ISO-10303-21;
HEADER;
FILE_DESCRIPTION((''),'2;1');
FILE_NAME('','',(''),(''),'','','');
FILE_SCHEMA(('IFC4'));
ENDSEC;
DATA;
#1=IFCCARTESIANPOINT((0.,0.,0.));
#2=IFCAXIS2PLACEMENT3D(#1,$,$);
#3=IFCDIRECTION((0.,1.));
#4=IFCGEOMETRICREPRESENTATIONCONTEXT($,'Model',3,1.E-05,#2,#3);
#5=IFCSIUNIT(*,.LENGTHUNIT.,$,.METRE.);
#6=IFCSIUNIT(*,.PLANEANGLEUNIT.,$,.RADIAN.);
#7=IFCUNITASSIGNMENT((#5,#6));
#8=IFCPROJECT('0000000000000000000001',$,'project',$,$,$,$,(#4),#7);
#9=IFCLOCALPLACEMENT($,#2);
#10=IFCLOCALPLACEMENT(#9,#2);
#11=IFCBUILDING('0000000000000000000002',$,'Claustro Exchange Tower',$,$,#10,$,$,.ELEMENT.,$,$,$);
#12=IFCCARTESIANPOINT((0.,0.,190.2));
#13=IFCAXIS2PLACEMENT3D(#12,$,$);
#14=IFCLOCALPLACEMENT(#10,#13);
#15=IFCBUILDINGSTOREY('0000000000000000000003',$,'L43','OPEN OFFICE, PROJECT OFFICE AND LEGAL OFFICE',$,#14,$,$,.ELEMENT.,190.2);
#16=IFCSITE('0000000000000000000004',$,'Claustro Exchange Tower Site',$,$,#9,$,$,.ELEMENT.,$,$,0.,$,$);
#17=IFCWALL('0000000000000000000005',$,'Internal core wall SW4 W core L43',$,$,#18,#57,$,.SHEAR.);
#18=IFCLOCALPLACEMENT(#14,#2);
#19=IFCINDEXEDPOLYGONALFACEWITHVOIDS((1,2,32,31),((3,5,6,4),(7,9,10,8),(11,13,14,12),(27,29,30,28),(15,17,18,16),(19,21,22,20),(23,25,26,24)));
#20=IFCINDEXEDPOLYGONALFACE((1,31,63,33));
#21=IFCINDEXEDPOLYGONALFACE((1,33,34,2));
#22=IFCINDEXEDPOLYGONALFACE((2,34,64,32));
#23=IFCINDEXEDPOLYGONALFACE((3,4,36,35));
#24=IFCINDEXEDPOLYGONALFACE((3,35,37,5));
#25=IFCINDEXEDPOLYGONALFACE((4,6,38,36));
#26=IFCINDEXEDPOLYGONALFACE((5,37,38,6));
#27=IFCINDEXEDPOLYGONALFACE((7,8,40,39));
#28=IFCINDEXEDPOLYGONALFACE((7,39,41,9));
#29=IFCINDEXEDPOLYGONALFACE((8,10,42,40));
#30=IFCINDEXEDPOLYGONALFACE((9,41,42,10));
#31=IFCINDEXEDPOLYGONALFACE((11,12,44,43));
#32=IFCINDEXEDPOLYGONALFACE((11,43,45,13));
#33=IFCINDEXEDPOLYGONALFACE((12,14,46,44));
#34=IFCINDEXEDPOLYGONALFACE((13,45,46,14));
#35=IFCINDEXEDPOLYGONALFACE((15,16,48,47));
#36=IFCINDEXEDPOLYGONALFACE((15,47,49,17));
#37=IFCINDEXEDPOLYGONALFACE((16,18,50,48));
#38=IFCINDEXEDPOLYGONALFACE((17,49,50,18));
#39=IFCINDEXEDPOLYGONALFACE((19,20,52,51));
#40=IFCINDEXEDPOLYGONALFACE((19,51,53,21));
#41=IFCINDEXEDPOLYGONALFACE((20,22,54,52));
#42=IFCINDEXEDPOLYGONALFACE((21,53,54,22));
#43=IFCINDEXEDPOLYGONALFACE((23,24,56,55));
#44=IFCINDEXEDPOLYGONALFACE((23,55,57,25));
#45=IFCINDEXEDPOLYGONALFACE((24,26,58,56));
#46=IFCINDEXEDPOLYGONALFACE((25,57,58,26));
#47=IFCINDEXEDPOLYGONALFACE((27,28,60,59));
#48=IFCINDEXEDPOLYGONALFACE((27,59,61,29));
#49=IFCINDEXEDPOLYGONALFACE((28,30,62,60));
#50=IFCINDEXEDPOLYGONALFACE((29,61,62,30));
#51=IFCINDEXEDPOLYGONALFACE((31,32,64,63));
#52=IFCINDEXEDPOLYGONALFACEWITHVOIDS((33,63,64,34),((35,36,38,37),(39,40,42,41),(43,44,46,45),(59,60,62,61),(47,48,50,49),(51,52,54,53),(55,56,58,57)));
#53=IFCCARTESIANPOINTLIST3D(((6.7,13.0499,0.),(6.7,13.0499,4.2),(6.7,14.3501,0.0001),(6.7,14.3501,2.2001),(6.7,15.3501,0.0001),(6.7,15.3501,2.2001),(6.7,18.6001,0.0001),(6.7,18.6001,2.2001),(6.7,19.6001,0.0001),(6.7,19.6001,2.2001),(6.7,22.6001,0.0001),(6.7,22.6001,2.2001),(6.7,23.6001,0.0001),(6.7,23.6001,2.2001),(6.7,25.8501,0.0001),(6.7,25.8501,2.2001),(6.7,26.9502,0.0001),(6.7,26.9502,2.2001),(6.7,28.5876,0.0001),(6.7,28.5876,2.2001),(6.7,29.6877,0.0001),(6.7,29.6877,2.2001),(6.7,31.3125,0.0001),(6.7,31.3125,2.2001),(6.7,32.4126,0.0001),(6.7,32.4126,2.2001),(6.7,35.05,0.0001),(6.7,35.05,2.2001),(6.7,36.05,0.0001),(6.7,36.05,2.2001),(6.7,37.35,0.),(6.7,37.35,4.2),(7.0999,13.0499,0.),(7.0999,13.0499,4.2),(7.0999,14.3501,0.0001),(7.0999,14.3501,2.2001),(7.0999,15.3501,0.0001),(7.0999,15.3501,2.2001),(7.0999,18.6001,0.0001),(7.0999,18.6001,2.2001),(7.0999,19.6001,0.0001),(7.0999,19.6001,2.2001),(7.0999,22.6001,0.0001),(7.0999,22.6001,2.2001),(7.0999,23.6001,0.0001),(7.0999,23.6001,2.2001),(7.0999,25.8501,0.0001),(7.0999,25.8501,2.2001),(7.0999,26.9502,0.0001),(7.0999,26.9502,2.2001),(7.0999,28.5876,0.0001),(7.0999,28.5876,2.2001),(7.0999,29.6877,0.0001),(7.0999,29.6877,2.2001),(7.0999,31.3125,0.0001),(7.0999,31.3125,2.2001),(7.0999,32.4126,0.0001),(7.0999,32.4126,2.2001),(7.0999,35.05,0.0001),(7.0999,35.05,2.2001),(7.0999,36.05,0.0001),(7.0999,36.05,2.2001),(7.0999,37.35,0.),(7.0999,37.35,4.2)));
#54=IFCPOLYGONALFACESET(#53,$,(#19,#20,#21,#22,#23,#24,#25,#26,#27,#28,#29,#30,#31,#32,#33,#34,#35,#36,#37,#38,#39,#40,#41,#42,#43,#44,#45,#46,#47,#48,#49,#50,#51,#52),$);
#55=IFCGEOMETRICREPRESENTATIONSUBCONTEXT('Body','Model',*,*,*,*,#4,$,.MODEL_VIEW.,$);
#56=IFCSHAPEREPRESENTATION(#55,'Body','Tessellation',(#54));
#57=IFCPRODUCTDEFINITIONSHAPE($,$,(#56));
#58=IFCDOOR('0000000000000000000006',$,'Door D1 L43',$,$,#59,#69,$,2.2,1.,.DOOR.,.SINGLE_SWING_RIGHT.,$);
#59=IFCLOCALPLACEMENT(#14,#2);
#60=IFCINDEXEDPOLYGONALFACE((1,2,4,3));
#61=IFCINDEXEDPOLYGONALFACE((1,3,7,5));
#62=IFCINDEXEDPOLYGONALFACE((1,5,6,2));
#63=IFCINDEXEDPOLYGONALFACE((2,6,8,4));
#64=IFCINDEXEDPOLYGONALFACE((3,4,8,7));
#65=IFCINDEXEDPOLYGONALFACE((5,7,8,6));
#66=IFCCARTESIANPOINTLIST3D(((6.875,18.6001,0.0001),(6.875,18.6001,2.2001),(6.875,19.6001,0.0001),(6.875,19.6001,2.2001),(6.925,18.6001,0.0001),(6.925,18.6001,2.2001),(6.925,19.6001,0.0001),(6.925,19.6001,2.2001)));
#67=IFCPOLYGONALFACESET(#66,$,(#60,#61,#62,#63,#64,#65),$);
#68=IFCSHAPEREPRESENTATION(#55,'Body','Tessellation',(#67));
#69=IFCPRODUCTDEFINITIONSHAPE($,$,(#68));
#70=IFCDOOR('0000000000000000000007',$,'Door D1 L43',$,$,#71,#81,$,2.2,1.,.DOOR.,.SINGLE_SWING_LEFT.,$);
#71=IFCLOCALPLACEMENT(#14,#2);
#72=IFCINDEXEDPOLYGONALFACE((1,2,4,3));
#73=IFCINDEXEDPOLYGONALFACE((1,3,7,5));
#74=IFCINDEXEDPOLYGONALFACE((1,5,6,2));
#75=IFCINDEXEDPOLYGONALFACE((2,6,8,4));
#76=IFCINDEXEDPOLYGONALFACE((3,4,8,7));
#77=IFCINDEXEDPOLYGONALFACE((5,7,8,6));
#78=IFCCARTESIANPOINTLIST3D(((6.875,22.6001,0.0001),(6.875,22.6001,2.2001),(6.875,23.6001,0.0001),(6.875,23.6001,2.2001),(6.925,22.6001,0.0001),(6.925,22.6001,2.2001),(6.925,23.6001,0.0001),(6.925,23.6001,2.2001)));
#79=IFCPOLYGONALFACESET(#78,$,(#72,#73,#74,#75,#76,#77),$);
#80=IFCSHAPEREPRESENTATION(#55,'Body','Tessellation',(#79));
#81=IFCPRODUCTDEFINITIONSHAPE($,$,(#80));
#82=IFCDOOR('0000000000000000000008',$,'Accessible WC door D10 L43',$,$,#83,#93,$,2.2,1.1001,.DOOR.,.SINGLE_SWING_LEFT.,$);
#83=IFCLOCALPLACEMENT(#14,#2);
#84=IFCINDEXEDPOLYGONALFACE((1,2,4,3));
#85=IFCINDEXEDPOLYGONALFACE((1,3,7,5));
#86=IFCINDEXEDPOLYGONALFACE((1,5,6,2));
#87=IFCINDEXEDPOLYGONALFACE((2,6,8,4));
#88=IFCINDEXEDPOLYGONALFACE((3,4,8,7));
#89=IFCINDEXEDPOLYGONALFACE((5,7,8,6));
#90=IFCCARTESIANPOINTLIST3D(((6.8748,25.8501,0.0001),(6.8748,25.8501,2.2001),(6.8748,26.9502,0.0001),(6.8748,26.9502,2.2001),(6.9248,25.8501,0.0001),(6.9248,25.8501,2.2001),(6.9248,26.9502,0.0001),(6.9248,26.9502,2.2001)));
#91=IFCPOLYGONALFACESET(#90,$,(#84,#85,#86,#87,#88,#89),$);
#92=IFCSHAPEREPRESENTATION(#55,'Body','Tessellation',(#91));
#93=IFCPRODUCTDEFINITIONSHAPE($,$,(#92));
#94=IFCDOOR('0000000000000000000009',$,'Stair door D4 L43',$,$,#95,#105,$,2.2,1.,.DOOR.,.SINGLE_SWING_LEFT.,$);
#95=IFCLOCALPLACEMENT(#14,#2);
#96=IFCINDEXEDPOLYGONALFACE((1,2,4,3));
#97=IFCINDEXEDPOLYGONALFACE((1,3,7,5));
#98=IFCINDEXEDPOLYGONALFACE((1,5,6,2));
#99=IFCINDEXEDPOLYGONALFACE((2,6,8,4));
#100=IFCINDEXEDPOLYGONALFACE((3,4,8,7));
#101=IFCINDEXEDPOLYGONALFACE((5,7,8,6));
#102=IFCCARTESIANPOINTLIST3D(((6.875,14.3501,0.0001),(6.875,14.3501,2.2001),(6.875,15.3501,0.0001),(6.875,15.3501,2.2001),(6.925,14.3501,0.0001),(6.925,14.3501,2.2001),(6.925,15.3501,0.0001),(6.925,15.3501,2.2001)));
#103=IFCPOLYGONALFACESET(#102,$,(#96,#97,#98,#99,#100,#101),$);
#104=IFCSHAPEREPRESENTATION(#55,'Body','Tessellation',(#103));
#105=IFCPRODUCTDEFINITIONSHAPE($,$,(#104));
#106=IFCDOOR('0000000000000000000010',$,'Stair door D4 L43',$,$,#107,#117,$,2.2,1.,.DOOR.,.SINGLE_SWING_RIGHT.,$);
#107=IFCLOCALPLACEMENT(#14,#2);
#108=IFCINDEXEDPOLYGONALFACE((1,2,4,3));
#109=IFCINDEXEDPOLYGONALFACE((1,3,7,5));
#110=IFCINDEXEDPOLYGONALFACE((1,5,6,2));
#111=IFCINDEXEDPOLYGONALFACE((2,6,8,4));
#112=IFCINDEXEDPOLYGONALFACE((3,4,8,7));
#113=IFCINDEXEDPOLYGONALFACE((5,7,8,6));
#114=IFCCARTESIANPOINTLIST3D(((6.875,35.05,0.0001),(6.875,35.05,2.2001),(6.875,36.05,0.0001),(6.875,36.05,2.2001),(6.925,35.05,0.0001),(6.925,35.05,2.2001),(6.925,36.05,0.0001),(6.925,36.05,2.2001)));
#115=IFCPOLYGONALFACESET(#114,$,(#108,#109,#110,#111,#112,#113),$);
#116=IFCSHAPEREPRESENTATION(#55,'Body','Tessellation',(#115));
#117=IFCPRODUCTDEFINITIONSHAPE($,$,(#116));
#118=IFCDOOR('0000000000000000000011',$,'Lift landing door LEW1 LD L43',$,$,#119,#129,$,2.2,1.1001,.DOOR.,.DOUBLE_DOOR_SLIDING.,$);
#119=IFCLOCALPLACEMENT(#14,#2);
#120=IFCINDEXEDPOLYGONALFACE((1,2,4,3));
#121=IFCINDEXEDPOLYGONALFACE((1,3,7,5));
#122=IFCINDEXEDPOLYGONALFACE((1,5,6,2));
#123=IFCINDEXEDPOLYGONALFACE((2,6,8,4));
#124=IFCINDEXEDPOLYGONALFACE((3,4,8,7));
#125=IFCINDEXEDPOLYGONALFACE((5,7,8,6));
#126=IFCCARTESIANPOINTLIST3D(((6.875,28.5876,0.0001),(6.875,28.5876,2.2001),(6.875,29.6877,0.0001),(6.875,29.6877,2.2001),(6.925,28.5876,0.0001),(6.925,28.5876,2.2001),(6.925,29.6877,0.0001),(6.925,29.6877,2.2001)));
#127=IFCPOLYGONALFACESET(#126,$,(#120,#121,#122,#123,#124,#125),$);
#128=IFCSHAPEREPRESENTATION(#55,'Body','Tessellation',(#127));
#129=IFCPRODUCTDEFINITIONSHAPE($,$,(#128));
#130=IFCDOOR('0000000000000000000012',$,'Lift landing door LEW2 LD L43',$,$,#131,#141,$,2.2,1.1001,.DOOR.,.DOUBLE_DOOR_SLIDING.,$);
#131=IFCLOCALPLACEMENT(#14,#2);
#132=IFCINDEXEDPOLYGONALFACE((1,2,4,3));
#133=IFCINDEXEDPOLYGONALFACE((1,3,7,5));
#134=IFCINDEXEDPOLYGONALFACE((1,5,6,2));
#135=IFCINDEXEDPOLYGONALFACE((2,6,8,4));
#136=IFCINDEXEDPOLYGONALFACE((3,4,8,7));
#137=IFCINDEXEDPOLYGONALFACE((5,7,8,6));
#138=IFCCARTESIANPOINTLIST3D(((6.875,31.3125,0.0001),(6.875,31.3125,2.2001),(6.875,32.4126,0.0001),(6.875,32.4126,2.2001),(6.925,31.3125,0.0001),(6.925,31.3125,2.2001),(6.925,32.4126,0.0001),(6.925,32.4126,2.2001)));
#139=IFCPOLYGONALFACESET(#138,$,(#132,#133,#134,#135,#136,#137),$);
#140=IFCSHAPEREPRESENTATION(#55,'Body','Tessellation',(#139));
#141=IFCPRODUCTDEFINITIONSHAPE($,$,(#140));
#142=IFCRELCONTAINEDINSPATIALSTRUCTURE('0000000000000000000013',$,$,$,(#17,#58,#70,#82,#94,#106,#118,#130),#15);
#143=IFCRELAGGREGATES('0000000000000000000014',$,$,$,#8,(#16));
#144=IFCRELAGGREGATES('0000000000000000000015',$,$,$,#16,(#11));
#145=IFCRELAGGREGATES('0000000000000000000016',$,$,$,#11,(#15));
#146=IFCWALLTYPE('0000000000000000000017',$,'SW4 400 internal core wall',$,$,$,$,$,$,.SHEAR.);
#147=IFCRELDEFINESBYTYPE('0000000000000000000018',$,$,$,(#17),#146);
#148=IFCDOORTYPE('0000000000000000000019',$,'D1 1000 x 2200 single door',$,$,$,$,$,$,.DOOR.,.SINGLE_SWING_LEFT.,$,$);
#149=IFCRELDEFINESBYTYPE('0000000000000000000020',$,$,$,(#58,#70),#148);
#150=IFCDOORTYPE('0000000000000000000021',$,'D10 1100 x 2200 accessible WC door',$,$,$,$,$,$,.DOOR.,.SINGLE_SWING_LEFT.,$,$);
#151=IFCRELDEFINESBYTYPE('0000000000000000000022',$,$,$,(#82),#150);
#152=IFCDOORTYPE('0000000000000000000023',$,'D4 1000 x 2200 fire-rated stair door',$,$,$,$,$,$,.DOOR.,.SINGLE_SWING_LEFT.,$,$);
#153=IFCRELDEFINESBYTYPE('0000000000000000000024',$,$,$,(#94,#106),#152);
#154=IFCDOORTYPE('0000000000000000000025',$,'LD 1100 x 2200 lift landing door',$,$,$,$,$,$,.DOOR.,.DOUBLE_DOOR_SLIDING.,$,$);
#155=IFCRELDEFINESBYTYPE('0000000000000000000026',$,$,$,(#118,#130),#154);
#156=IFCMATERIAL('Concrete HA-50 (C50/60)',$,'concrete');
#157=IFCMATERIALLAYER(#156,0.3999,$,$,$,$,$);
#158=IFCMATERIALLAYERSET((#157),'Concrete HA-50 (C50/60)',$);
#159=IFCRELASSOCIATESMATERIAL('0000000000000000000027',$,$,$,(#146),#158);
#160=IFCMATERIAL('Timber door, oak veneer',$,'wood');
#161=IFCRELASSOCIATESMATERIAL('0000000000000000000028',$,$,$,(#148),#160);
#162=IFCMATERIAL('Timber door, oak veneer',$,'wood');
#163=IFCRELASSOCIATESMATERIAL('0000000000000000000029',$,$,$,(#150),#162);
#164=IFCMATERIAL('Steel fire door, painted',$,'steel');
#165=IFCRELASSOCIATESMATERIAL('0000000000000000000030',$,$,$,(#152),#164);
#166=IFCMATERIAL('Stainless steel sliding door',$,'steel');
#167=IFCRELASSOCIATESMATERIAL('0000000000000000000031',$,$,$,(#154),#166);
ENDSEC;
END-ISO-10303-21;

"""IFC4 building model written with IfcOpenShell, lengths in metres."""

from ifc_helpers import new_model, si_unit, direction, frame, frame_2d, origin, place, context, subcontext, project, spatial, rectangle, extrude, material, layer, layer_set, type_object, element, fill, save


model = new_model("IFC4")

# Units and contexts
model_context = context("Model", 3, precision=1e-05, world=origin(), true_north=direction((0.0, 1.0)))
body_context = subcontext(model_context, "Body", "Model", "MODEL_VIEW")
ifc_project = project(units=[si_unit("LENGTHUNIT", "METRE"), si_unit("PLANEANGLEUNIT", "RADIAN")], contexts=[model_context])

# Site, building, storey
site_placement = place(None, origin())
site = spatial("IfcSite", under=ifc_project, at=site_placement, Name="Claustro Exchange Tower Site", CompositionType="ELEMENT", RefElevation=0.0)
building_placement = place(site_placement, origin())
building = spatial("IfcBuilding", under=site, at=building_placement, Name="Claustro Exchange Tower", CompositionType="ELEMENT")
storey_placement = place(building_placement, frame((0.0, 0.0, 190.2)))
storey = spatial("IfcBuildingStorey", under=building, at=storey_placement, Name="L43", Description="OPEN OFFICE, PROJECT OFFICE AND LEGAL OFFICE", CompositionType="ELEMENT", Elevation=190.2)

# Wall, openings, doors
ifc_material_1 = material(Name="Concrete HA-50 (C50/60)", Category="concrete")
ifc_layer_1 = layer(ifc_material_1, 0.3999)
ifc_layer_set_1 = layer_set([ifc_layer_1], Name="Concrete HA-50 (C50/60)")
wall_type_1 = type_object("IfcWallType", Name="SW4 400 internal core wall", PredefinedType="SHEAR", material=ifc_layer_set_1)
wall_1_placement = place(storey_placement, frame((6.8999, 13.05, 0.0), z_axis=(0.0, 0.0, 1.0), x_axis=(0.0, 1.0, 0.0)))
wall_1 = element("IfcWall", 1, at=wall_1_placement, inside=storey, type_object=wall_type_1, Name="Internal core wall SW4 W core L43", PredefinedType="SHEAR", context=body_context, shape_type="SweptSolid", body=[
    extrude(rectangle(XDim=24.3, YDim=0.3999, at=frame_2d((12.1499, 0.0))), origin(), (0.0, 0.0, 1.0), 4.2),
])
opening_1_placement = place(wall_1_placement, frame((1.3, 0.0, 0.0)))
opening_1 = element("IfcOpeningElement", 2, at=opening_1_placement, cuts=wall_1, PredefinedType="OPENING", context=body_context, shape_type="SweptSolid", body=[
    extrude(rectangle(XDim=1.0, YDim=2.2, at=frame_2d((0.5, 1.1001))), frame((0.0, 0.21, 0.0), z_axis=(0.0, -1.0, 0.0), x_axis=(1.0, 0.0, 0.0)), (0.0, 0.0, 1.0), 0.4199),
])
opening_2_placement = place(wall_1_placement, frame((22.0, 0.0, 0.0)))
opening_2 = element("IfcOpeningElement", 3, at=opening_2_placement, cuts=wall_1, PredefinedType="OPENING", context=body_context, shape_type="SweptSolid", body=[
    extrude(rectangle(XDim=1.0, YDim=2.2, at=frame_2d((0.5, 1.1001))), frame((0.0, 0.21, 0.0), z_axis=(0.0, -1.0, 0.0), x_axis=(1.0, 0.0, 0.0)), (0.0, 0.0, 1.0), 0.4199),
])
opening_3_placement = place(wall_1_placement, frame((5.55, 0.0, 0.0)))
opening_3 = element("IfcOpeningElement", 4, at=opening_3_placement, cuts=wall_1, PredefinedType="OPENING", context=body_context, shape_type="SweptSolid", body=[
    extrude(rectangle(XDim=1.0, YDim=2.2, at=frame_2d((0.5, 1.1001))), frame((0.0, 0.21, 0.0), z_axis=(0.0, -1.0, 0.0), x_axis=(1.0, 0.0, 0.0)), (0.0, 0.0, 1.0), 0.4199),
])
opening_4_placement = place(wall_1_placement, frame((9.55, 0.0, 0.0)))
opening_4 = element("IfcOpeningElement", 5, at=opening_4_placement, cuts=wall_1, PredefinedType="OPENING", context=body_context, shape_type="SweptSolid", body=[
    extrude(rectangle(XDim=1.0, YDim=2.2, at=frame_2d((0.5, 1.1001))), frame((0.0, 0.21, 0.0), z_axis=(0.0, -1.0, 0.0), x_axis=(1.0, 0.0, 0.0)), (0.0, 0.0, 1.0), 0.4199),
])
opening_5_placement = place(wall_1_placement, frame((12.8, 0.0, 0.0)))
opening_5 = element("IfcOpeningElement", 6, at=opening_5_placement, cuts=wall_1, PredefinedType="OPENING", context=body_context, shape_type="SweptSolid", body=[
    extrude(rectangle(XDim=1.1001, YDim=2.2, at=frame_2d((0.55, 1.1001))), frame((0.0, 0.21, 0.0), z_axis=(0.0, -1.0, 0.0), x_axis=(1.0, 0.0, 0.0)), (0.0, 0.0, 1.0), 0.4199),
])
opening_6_placement = place(wall_1_placement, frame((15.5376, 0.0, 0.0)))
opening_6 = element("IfcOpeningElement", 7, at=opening_6_placement, cuts=wall_1, PredefinedType="OPENING", context=body_context, shape_type="SweptSolid", body=[
    extrude(rectangle(XDim=1.1001, YDim=2.2, at=frame_2d((0.55, 1.1001))), frame((0.0, 0.21, 0.0), z_axis=(0.0, -1.0, 0.0), x_axis=(1.0, 0.0, 0.0)), (0.0, 0.0, 1.0), 0.4199),
])
opening_7_placement = place(wall_1_placement, frame((18.2625, 0.0, 0.0)))
opening_7 = element("IfcOpeningElement", 8, at=opening_7_placement, cuts=wall_1, PredefinedType="OPENING", context=body_context, shape_type="SweptSolid", body=[
    extrude(rectangle(XDim=1.1001, YDim=2.2, at=frame_2d((0.55, 1.1001))), frame((0.0, 0.21, 0.0), z_axis=(0.0, -1.0, 0.0), x_axis=(1.0, 0.0, 0.0)), (0.0, 0.0, 1.0), 0.4199),
])
ifc_material_2 = material(Name="Timber door, oak veneer", Category="wood")
door_type_1 = type_object("IfcDoorType", Name="D1 1000 x 2200 single door", OperationType="SINGLE_SWING_LEFT", PredefinedType="DOOR", material=ifc_material_2)
door_1_placement = place(opening_3_placement, origin())
door_1 = element("IfcDoor", 9, at=door_1_placement, inside=storey, type_object=door_type_1, Name="Door D1 L43", OperationType="SINGLE_SWING_RIGHT", OverallHeight=2.2, OverallWidth=1.0, PredefinedType="DOOR", context=body_context, shape_type="SweptSolid", body=[
    extrude(rectangle(XDim=1.0, YDim=2.2, at=frame_2d((0.5, 1.1001))), frame((0.0, 0.0249, 0.0), z_axis=(0.0, -1.0, 0.0), x_axis=(1.0, 0.0, 0.0)), (0.0, 0.0, 1.0), 0.05),
])
fill(opening_3, door_1)
door_2_placement = place(opening_4_placement, origin())
door_2 = element("IfcDoor", 10, at=door_2_placement, inside=storey, type_object=door_type_1, Name="Door D1 L43", OperationType="SINGLE_SWING_LEFT", OverallHeight=2.2, OverallWidth=1.0, PredefinedType="DOOR", context=body_context, shape_type="SweptSolid", body=[
    extrude(rectangle(XDim=1.0, YDim=2.2, at=frame_2d((0.5, 1.1001))), frame((0.0, 0.0249, 0.0), z_axis=(0.0, -1.0, 0.0), x_axis=(1.0, 0.0, 0.0)), (0.0, 0.0, 1.0), 0.05),
])
fill(opening_4, door_2)
ifc_material_3 = material(Name="Timber door, oak veneer", Category="wood")
door_type_2 = type_object("IfcDoorType", Name="D10 1100 x 2200 accessible WC door", OperationType="SINGLE_SWING_LEFT", PredefinedType="DOOR", material=ifc_material_3)
door_3_placement = place(opening_5_placement, frame((1.1001, 0.0, 0.0), z_axis=(0.0, 0.0, 1.0), x_axis=(-1.0, 0.0, 0.0)))
door_3 = element("IfcDoor", 11, at=door_3_placement, inside=storey, type_object=door_type_2, Name="Accessible WC door D10 L43", OperationType="SINGLE_SWING_LEFT", OverallHeight=2.2, OverallWidth=1.1001, PredefinedType="DOOR", context=body_context, shape_type="SweptSolid", body=[
    extrude(rectangle(XDim=1.1001, YDim=2.2, at=frame_2d((0.55, 1.1001))), frame((0.0, 0.0249, 0.0), z_axis=(0.0, -1.0, 0.0), x_axis=(1.0, 0.0, 0.0)), (0.0, 0.0, 1.0), 0.05),
])
fill(opening_5, door_3)
ifc_material_4 = material(Name="Steel fire door, painted", Category="steel")
door_type_3 = type_object("IfcDoorType", Name="D4 1000 x 2200 fire-rated stair door", OperationType="SINGLE_SWING_LEFT", PredefinedType="DOOR", material=ifc_material_4)
door_4_placement = place(opening_1_placement, origin())
door_4 = element("IfcDoor", 12, at=door_4_placement, inside=storey, type_object=door_type_3, Name="Stair door D4 L43", OperationType="SINGLE_SWING_LEFT", OverallHeight=2.2, OverallWidth=1.0, PredefinedType="DOOR", context=body_context, shape_type="SweptSolid", body=[
    extrude(rectangle(XDim=1.0, YDim=2.2, at=frame_2d((0.5, 1.1001))), frame((0.0, 0.0249, 0.0), z_axis=(0.0, -1.0, 0.0), x_axis=(1.0, 0.0, 0.0)), (0.0, 0.0, 1.0), 0.05),
])
fill(opening_1, door_4)
door_5_placement = place(opening_2_placement, origin())
door_5 = element("IfcDoor", 13, at=door_5_placement, inside=storey, type_object=door_type_3, Name="Stair door D4 L43", OperationType="SINGLE_SWING_RIGHT", OverallHeight=2.2, OverallWidth=1.0, PredefinedType="DOOR", context=body_context, shape_type="SweptSolid", body=[
    extrude(rectangle(XDim=1.0, YDim=2.2, at=frame_2d((0.5, 1.1001))), frame((0.0, 0.0249, 0.0), z_axis=(0.0, -1.0, 0.0), x_axis=(1.0, 0.0, 0.0)), (0.0, 0.0, 1.0), 0.05),
])
fill(opening_2, door_5)
ifc_material_5 = material(Name="Stainless steel sliding door", Category="steel")
door_type_4 = type_object("IfcDoorType", Name="LD 1100 x 2200 lift landing door", OperationType="DOUBLE_DOOR_SLIDING", PredefinedType="DOOR", material=ifc_material_5)
door_6_placement = place(opening_6_placement, origin())
door_6 = element("IfcDoor", 14, at=door_6_placement, inside=storey, type_object=door_type_4, Name="Lift landing door LEW1 LD L43", OperationType="DOUBLE_DOOR_SLIDING", OverallHeight=2.2, OverallWidth=1.1001, PredefinedType="DOOR", context=body_context, shape_type="SweptSolid", body=[
    extrude(rectangle(XDim=1.1001, YDim=2.2, at=frame_2d((0.55, 1.1001))), frame((0.0, 0.0249, 0.0), z_axis=(0.0, -1.0, 0.0), x_axis=(1.0, 0.0, 0.0)), (0.0, 0.0, 1.0), 0.05),
])
fill(opening_6, door_6)
door_7_placement = place(opening_7_placement, origin())
door_7 = element("IfcDoor", 15, at=door_7_placement, inside=storey, type_object=door_type_4, Name="Lift landing door LEW2 LD L43", OperationType="DOUBLE_DOOR_SLIDING", OverallHeight=2.2, OverallWidth=1.1001, PredefinedType="DOOR", context=body_context, shape_type="SweptSolid", body=[
    extrude(rectangle(XDim=1.1001, YDim=2.2, at=frame_2d((0.55, 1.1001))), frame((0.0, 0.0249, 0.0), z_axis=(0.0, -1.0, 0.0), x_axis=(1.0, 0.0, 0.0)), (0.0, 0.0, 1.0), 0.05),
])
fill(opening_7, door_7)

save(model, "model.ifc")
